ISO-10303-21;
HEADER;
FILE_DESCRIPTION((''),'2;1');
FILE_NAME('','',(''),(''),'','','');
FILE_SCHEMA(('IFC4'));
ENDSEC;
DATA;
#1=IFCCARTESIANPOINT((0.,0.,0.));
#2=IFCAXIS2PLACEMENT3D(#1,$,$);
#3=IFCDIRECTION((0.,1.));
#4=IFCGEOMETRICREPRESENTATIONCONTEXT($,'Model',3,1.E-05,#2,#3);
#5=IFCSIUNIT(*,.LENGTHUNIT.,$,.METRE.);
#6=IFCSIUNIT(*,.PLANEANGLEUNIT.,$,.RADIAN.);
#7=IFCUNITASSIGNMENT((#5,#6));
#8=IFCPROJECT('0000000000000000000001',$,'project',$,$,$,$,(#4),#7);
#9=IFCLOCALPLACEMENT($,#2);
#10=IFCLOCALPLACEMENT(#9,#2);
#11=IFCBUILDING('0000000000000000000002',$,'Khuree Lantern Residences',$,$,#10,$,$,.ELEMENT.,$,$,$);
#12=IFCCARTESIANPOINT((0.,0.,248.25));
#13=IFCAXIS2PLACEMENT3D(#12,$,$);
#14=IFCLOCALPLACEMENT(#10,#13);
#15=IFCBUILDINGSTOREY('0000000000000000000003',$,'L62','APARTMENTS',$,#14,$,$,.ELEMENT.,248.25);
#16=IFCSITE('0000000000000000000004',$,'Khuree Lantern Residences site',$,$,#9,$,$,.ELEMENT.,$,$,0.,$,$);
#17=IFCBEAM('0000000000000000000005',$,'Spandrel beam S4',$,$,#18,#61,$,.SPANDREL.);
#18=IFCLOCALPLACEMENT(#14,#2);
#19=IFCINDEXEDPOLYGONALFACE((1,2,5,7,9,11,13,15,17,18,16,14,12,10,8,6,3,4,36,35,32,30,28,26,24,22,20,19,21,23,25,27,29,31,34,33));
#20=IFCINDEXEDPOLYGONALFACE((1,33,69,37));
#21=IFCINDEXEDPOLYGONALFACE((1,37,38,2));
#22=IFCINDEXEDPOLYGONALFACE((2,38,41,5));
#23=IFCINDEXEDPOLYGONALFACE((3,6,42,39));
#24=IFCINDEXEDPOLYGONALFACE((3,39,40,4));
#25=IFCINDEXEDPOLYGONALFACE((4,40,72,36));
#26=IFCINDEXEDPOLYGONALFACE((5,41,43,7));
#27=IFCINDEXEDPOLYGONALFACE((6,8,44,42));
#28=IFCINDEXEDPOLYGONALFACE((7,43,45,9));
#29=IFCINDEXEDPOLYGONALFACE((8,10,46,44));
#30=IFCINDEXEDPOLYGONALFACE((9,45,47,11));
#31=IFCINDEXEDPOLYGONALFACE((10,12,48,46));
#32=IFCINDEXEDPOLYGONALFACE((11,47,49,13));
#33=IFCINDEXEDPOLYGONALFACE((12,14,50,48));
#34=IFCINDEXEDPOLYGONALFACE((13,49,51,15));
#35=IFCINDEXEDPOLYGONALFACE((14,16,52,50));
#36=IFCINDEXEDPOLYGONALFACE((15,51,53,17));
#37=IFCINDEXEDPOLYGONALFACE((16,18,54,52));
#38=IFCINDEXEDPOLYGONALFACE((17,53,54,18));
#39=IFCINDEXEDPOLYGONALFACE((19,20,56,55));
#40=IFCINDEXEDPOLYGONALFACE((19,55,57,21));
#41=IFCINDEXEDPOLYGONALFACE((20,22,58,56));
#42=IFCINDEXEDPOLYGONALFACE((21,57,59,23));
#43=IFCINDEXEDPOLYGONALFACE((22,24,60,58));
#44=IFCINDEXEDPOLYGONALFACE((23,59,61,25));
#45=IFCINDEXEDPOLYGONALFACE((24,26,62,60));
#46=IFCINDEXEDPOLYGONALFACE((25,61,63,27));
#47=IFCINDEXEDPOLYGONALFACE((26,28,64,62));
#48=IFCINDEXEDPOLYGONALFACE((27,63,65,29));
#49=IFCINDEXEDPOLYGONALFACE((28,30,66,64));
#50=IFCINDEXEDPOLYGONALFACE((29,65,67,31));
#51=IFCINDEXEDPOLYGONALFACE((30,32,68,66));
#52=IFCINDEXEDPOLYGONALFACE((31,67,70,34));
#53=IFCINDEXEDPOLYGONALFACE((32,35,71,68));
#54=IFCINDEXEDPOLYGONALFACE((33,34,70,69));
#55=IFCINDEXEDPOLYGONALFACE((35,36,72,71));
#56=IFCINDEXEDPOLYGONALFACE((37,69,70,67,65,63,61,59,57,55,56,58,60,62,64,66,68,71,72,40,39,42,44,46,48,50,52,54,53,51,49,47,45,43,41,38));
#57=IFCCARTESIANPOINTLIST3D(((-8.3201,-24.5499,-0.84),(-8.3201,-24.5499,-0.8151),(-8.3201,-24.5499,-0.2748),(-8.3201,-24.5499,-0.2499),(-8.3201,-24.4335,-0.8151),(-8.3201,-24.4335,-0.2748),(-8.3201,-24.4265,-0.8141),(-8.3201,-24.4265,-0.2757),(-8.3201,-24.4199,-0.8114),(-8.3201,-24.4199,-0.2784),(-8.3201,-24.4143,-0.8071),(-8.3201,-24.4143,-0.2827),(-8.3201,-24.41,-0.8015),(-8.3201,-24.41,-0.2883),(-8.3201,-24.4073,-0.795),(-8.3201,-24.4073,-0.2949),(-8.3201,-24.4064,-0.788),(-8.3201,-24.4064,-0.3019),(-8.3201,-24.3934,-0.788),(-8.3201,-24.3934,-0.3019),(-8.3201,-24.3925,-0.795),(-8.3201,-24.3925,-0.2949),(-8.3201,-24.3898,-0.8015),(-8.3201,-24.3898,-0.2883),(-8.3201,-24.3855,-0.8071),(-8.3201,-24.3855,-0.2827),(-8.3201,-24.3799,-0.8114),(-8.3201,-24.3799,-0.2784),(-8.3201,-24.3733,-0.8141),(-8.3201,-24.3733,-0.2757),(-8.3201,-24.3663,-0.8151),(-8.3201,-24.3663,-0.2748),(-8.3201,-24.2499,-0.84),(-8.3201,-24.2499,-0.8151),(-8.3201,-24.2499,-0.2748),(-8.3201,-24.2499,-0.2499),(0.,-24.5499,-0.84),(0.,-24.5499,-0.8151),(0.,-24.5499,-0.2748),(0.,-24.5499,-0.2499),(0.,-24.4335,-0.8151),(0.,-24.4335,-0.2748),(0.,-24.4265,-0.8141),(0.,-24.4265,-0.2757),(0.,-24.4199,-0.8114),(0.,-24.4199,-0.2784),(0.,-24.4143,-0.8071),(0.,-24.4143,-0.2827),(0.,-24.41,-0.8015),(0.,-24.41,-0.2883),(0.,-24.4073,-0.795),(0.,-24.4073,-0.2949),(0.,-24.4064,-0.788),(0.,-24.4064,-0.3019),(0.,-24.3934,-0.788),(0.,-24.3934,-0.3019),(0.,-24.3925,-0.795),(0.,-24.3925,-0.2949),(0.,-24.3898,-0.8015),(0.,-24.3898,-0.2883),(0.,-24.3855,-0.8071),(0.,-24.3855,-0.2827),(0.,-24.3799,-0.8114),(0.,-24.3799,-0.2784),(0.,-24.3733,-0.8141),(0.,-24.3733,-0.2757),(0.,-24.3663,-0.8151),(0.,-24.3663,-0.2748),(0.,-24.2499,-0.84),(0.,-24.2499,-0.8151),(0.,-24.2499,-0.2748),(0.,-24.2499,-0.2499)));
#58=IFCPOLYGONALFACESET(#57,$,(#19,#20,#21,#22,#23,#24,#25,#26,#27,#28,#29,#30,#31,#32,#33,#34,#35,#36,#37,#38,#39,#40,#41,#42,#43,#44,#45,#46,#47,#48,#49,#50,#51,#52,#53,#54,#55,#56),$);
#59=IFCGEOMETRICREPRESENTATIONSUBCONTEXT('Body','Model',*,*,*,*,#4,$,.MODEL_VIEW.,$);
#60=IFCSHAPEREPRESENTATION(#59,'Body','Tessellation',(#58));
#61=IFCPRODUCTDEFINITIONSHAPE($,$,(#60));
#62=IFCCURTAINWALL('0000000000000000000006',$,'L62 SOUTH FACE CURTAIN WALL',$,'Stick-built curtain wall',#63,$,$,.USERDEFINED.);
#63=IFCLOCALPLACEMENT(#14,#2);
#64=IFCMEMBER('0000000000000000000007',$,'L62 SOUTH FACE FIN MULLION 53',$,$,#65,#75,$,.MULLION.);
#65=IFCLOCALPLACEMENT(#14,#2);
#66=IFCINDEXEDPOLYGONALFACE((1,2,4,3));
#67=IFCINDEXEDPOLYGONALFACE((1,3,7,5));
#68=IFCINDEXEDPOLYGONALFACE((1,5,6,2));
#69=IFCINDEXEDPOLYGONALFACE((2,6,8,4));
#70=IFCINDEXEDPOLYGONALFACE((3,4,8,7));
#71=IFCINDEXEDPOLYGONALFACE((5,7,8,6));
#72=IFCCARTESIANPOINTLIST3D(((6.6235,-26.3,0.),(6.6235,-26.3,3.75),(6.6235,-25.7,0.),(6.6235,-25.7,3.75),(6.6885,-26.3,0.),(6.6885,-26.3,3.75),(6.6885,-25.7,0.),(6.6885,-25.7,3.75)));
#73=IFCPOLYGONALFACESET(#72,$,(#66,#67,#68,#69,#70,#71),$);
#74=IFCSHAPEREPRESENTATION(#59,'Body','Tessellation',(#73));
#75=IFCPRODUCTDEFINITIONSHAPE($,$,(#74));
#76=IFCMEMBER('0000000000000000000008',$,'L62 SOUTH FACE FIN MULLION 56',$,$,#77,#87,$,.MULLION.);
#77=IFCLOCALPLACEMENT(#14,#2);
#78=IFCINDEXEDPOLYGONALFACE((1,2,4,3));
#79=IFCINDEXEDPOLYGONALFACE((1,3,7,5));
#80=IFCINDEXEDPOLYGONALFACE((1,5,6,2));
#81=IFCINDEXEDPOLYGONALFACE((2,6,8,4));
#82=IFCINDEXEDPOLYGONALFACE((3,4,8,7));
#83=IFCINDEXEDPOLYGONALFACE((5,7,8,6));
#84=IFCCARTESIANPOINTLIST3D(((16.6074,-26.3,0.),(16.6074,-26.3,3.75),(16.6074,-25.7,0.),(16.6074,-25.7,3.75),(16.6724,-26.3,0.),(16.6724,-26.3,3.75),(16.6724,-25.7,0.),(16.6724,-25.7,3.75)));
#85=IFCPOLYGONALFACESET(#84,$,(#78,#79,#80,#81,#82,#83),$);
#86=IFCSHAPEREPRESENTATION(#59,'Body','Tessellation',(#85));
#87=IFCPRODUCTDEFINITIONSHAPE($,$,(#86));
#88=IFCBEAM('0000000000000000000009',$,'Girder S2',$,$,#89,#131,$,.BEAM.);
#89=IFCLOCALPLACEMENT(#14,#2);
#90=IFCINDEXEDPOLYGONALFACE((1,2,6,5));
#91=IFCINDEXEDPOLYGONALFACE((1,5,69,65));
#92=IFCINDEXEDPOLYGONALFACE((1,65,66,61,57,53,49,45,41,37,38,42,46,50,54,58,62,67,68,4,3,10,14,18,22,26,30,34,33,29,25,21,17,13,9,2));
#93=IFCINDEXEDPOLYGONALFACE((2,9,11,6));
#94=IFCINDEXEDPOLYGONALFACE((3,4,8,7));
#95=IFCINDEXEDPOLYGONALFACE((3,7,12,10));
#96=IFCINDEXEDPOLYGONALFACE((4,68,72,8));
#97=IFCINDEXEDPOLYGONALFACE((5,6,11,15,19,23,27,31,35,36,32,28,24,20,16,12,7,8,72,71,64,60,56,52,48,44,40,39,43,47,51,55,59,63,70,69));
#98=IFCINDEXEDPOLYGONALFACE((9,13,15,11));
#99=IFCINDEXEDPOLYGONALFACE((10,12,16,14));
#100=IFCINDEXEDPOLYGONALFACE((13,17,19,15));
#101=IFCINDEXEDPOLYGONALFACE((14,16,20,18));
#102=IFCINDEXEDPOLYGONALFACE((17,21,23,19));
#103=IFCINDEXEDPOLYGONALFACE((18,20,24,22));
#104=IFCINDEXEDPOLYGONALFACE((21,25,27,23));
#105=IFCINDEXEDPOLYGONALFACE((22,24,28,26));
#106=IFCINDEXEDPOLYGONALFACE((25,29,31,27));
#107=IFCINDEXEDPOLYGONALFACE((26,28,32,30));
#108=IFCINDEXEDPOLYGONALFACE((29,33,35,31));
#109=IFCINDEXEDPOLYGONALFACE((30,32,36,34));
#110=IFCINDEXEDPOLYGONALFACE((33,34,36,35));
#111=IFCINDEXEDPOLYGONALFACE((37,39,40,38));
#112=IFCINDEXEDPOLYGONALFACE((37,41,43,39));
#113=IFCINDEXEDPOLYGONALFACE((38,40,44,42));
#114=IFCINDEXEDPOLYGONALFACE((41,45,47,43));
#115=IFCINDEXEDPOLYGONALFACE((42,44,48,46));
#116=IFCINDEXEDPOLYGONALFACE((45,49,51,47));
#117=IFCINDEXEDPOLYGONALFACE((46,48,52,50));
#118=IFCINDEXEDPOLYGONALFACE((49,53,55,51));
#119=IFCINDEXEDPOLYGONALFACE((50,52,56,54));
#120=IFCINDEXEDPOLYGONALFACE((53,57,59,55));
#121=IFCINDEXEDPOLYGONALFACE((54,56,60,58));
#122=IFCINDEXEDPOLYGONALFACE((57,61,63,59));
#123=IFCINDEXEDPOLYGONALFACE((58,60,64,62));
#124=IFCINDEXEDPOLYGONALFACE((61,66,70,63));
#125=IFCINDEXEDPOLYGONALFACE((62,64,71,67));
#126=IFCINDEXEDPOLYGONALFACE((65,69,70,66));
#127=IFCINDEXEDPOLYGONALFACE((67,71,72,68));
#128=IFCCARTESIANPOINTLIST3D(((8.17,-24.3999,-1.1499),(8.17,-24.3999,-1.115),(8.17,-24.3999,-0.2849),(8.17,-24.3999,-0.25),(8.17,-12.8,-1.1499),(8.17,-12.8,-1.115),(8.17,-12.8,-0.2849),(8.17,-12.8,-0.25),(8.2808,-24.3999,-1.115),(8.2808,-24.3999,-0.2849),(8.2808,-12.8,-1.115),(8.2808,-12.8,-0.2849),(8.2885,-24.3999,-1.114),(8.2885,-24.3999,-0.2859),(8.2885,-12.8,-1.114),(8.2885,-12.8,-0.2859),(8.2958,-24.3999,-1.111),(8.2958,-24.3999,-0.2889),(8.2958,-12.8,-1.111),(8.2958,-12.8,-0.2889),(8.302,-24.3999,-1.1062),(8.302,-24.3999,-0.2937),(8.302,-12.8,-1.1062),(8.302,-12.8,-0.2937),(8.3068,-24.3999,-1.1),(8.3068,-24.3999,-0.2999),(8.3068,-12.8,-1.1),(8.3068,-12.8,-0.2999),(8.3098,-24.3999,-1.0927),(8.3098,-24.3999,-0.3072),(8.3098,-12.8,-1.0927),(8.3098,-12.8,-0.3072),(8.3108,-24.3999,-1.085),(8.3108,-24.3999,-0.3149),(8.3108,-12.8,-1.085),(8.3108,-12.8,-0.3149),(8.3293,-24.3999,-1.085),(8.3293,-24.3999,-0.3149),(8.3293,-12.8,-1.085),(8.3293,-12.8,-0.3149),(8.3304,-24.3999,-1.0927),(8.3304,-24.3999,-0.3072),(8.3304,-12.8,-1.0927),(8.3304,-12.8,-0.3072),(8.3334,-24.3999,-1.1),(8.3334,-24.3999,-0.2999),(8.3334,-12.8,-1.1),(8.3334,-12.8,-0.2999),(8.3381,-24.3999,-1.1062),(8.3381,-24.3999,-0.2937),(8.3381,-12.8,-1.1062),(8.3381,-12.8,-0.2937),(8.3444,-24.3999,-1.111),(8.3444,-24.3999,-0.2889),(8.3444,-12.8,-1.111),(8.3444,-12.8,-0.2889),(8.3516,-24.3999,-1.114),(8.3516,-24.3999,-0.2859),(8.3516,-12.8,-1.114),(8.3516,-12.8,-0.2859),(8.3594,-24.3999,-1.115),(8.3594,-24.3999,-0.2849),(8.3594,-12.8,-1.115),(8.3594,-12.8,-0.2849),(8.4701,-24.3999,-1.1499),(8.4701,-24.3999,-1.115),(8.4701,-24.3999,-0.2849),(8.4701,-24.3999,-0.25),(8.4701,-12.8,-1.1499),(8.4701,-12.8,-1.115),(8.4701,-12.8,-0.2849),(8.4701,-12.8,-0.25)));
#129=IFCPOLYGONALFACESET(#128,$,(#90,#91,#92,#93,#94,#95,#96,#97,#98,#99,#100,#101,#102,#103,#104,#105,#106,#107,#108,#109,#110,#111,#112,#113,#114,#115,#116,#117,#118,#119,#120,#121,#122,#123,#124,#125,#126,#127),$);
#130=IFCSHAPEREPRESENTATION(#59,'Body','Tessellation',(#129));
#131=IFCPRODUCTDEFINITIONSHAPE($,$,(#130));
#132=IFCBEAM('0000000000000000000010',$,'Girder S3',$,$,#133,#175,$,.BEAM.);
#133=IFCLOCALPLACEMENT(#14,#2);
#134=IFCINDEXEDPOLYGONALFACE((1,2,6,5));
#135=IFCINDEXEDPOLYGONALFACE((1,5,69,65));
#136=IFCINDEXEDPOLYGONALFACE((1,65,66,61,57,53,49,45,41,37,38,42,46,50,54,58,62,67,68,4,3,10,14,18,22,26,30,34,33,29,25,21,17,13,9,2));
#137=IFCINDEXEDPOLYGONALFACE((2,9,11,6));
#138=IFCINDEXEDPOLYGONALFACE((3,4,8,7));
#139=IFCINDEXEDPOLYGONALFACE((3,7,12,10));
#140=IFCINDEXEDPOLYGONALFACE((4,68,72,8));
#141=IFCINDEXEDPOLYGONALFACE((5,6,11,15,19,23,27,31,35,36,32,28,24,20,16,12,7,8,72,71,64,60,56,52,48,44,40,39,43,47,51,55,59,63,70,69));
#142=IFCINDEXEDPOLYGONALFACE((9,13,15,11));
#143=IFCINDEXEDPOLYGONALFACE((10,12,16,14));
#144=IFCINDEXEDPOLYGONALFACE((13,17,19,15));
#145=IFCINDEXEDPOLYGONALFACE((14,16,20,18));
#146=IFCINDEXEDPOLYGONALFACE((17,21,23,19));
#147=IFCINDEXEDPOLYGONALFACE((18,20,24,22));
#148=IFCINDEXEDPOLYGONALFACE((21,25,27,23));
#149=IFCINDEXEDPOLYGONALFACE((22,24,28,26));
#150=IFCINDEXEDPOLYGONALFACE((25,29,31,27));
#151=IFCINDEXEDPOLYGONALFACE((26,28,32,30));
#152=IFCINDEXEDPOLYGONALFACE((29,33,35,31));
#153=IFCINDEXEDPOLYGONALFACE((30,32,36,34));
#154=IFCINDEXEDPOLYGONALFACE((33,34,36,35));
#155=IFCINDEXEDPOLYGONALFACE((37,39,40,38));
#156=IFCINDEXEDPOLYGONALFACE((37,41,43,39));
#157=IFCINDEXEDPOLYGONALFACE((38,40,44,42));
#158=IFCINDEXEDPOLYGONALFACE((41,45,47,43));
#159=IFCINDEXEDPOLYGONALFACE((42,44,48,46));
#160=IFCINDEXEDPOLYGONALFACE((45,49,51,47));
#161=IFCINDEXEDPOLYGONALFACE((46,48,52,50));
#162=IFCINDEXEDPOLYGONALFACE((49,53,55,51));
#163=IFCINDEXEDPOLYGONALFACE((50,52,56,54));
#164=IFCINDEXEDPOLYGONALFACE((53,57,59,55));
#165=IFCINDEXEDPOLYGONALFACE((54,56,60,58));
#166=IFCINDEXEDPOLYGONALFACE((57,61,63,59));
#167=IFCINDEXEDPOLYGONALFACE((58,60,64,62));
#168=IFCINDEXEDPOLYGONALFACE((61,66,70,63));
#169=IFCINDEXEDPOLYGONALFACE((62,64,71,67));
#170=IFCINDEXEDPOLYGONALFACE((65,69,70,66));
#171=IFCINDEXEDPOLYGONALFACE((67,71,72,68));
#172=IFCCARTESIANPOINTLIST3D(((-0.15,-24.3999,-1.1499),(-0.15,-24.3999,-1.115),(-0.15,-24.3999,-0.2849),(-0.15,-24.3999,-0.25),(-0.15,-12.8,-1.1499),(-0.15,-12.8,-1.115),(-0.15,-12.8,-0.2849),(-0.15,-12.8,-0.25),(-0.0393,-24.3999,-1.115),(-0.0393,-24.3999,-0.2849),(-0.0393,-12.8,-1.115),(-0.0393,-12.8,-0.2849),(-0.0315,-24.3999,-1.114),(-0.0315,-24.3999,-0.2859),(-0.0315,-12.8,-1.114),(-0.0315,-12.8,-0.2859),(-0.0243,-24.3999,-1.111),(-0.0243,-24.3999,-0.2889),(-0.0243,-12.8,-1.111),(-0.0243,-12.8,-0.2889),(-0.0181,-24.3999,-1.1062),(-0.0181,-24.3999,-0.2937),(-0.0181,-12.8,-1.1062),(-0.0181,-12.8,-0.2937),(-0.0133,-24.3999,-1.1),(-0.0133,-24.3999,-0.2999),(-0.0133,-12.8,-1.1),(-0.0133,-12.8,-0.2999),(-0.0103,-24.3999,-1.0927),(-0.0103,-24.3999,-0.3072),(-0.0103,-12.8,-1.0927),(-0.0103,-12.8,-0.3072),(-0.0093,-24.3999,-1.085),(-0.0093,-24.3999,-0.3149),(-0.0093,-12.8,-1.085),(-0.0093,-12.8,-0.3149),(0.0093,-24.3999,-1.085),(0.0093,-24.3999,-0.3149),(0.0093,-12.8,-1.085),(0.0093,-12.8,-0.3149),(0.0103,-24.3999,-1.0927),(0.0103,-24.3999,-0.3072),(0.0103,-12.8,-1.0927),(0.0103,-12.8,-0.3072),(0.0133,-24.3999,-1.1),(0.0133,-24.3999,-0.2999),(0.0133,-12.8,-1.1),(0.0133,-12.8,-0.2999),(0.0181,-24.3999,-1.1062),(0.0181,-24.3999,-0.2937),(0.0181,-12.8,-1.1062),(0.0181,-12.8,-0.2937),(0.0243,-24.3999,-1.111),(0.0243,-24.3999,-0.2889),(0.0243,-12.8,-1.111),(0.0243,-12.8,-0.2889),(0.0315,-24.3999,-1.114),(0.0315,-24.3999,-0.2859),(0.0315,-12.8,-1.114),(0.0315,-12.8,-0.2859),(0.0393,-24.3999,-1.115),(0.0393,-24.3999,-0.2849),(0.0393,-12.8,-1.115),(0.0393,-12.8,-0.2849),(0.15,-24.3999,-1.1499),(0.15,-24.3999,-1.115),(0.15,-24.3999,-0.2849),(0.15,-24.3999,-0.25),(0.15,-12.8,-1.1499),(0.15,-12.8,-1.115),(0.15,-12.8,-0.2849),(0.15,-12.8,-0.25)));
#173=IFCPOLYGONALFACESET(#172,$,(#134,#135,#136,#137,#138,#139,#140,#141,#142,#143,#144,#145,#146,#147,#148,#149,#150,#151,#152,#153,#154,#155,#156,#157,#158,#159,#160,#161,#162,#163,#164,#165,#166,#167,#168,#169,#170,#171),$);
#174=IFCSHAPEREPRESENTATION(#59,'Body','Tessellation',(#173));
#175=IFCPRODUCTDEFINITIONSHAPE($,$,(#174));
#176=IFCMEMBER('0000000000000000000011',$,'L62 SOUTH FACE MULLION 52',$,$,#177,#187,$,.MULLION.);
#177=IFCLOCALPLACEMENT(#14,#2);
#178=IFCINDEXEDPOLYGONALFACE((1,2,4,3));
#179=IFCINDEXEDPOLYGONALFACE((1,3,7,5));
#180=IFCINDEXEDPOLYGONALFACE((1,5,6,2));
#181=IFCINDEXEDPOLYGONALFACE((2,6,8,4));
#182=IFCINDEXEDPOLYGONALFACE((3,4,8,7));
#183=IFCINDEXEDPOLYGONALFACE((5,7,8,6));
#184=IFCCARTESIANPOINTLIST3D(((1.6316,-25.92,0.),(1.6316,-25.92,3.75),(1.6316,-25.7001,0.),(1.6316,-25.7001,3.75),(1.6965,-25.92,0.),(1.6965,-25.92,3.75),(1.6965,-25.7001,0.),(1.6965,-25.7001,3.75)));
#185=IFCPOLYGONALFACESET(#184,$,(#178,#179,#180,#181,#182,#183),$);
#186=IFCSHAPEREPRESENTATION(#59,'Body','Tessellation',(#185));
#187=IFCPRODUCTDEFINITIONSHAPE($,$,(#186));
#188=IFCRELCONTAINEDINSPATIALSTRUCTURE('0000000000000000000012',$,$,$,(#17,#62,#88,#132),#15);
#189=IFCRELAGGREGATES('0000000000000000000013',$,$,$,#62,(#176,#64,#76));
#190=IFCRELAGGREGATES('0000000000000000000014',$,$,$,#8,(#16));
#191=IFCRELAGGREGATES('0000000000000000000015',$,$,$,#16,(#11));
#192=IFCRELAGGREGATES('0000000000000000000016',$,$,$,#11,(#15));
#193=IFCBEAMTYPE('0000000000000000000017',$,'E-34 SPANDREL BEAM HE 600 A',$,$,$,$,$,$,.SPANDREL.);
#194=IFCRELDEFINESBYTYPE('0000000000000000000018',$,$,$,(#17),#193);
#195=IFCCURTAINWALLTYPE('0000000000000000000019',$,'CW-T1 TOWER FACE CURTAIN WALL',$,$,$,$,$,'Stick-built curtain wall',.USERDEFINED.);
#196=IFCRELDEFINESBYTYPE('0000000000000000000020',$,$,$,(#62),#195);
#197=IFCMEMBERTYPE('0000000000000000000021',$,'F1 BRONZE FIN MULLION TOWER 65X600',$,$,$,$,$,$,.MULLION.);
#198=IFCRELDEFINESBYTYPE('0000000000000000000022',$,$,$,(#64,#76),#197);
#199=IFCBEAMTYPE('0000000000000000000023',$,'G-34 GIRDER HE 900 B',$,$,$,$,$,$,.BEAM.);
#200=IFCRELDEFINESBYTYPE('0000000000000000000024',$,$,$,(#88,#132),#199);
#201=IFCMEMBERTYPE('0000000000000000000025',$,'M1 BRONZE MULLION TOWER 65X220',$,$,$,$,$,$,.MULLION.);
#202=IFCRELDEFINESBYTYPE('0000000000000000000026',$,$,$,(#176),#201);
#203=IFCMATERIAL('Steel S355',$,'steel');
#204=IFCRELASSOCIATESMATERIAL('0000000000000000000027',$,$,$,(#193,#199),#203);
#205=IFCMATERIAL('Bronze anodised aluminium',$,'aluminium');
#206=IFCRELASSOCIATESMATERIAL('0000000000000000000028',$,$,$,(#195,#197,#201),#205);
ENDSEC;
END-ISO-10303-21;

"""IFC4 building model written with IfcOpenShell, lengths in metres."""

from ifc_helpers import new_model, si_unit, direction, frame, origin, origin_2d, place, context, subcontext, project, spatial, rectangle, i_section, extrude, material, material_profile, profile_set, type_object, element, aggregate, save


model = new_model("IFC4")

# Units and contexts
model_context = context("Model", 3, precision=1e-05, world=origin(), true_north=direction((0.0, 1.0)))
body_context = subcontext(model_context, "Body", "Model", "MODEL_VIEW")
ifc_project = project(units=[si_unit("LENGTHUNIT", "METRE"), si_unit("PLANEANGLEUNIT", "RADIAN")], contexts=[model_context])

# Site, building, storey
site_placement = place(None, origin())
site = spatial("IfcSite", under=ifc_project, at=site_placement, Name="Khuree Lantern Residences site", CompositionType="ELEMENT", RefElevation=0.0)
building_placement = place(site_placement, origin())
building = spatial("IfcBuilding", under=site, at=building_placement, Name="Khuree Lantern Residences", CompositionType="ELEMENT")
storey_placement = place(building_placement, frame((0.0, 0.0, 248.25)))
storey = spatial("IfcBuildingStorey", under=building, at=storey_placement, Name="L62", Description="APARTMENTS", CompositionType="ELEMENT", Elevation=248.25)

# Beam
ifc_material_1 = material(Name="Steel S355", Category="steel")
ifc_material_profile_1 = material_profile(ifc_material_1, i_section(OverallWidth=0.3, OverallDepth=0.5901, WebThickness=0.0129, FlangeThickness=0.0249, FilletRadius=0.0271, at=origin_2d()), Name="HE 600 A")
ifc_profile_set_1 = profile_set([ifc_material_profile_1], Name="Steel S355")
beam_type_1 = type_object("IfcBeamType", Name="E-34 SPANDREL BEAM HE 600 A", PredefinedType="SPANDREL", material=ifc_profile_set_1)
for number, where, z_axis, x_axis, name in (
    (1, (0.0, -24.3999, -0.5449), (-1.0, 0.0, 0.0), (0.0, -1.0, 0.0), "Spandrel beam S4"),
):
    element("IfcBeam", number, at=place(storey_placement, frame(where, z_axis=z_axis, x_axis=x_axis)), inside=storey, type_object=beam_type_1, Name=name, PredefinedType="SPANDREL", context=body_context, shape_type="SweptSolid", body=[
        extrude(i_section(OverallWidth=0.3, OverallDepth=0.5901, WebThickness=0.0129, FlangeThickness=0.0249, FilletRadius=0.0271, at=origin_2d()), origin(), (0.0, 0.0, 1.0), 8.3201),
    ])

# Curtain wall, members
ifc_material_2 = material(Name="Bronze anodised aluminium", Category="aluminium")
curtain_wall_type = type_object("IfcCurtainWallType", Name="CW-T1 TOWER FACE CURTAIN WALL", ElementType="Stick-built curtain wall", PredefinedType="USERDEFINED", material=ifc_material_2)
curtain_wall_placement = place(storey_placement, origin())
curtain_wall = element("IfcCurtainWall", 2, at=curtain_wall_placement, inside=storey, type_object=curtain_wall_type, Name="L62 SOUTH FACE CURTAIN WALL", ObjectType="Stick-built curtain wall", PredefinedType="USERDEFINED")
ifc_material_profile_2 = material_profile(ifc_material_2, rectangle(XDim=0.0649, YDim=0.6001, at=origin_2d()), Name="F1 65X600")
ifc_profile_set_2 = profile_set([ifc_material_profile_2], Name="Bronze anodised aluminium")
member_type_1 = type_object("IfcMemberType", Name="F1 BRONZE FIN MULLION TOWER 65X600", PredefinedType="MULLION", material=ifc_profile_set_2)
member_1_placement = place(storey_placement, frame((6.656, -26.0, 0.0), z_axis=(0.0, 0.0, 1.0), x_axis=(1.0, 0.0, 0.0)))
member_1 = element("IfcMember", 3, at=member_1_placement, type_object=member_type_1, Name="L62 SOUTH FACE FIN MULLION 53", PredefinedType="MULLION", context=body_context, shape_type="SweptSolid", body=[
    extrude(rectangle(XDim=0.0649, YDim=0.6001, at=origin_2d()), origin(), (0.0, 0.0, 1.0), 3.75),
])
member_2_placement = place(storey_placement, frame((16.6399, -26.0, 0.0), z_axis=(0.0, 0.0, 1.0), x_axis=(1.0, 0.0, 0.0)))
member_2 = element("IfcMember", 4, at=member_2_placement, type_object=member_type_1, Name="L62 SOUTH FACE FIN MULLION 56", PredefinedType="MULLION", context=body_context, shape_type="SweptSolid", body=[
    extrude(rectangle(XDim=0.0649, YDim=0.6001, at=origin_2d()), origin(), (0.0, 0.0, 1.0), 3.75),
])

# Beams
ifc_material_profile_3 = material_profile(ifc_material_1, i_section(OverallWidth=0.3, OverallDepth=0.8999, WebThickness=0.0186, FlangeThickness=0.0349, FilletRadius=0.03, at=origin_2d()), Name="HE 900 B")
ifc_profile_set_3 = profile_set([ifc_material_profile_3], Name="Steel S355")
beam_type_2 = type_object("IfcBeamType", Name="G-34 GIRDER HE 900 B", PredefinedType="BEAM", material=ifc_profile_set_3)
for number, where, z_axis, x_axis, name in (
    (5, (8.3201, -24.3999, -0.7), (0.0, 1.0, 0.0), (-1.0, 0.0, 0.0), "Girder S2"),
    (6, (0.0, -24.3999, -0.7), (0.0, 1.0, 0.0), (-1.0, 0.0, 0.0), "Girder S3"),
):
    element("IfcBeam", number, at=place(storey_placement, frame(where, z_axis=z_axis, x_axis=x_axis)), inside=storey, type_object=beam_type_2, Name=name, PredefinedType="BEAM", context=body_context, shape_type="SweptSolid", body=[
        extrude(i_section(OverallWidth=0.3, OverallDepth=0.8999, WebThickness=0.0186, FlangeThickness=0.0349, FilletRadius=0.03, at=origin_2d()), origin(), (0.0, 0.0, 1.0), 11.5999),
    ])

# Member
ifc_material_profile_4 = material_profile(ifc_material_2, rectangle(XDim=0.0649, YDim=0.22, at=origin_2d()), Name="M1 65X220")
ifc_profile_set_4 = profile_set([ifc_material_profile_4], Name="Bronze anodised aluminium")
member_type_2 = type_object("IfcMemberType", Name="M1 BRONZE MULLION TOWER 65X220", PredefinedType="MULLION", material=ifc_profile_set_4)
member_3_placement = place(storey_placement, frame((1.6641, -25.8101, 0.0), z_axis=(0.0, 0.0, 1.0), x_axis=(1.0, 0.0, 0.0)))
member_3 = element("IfcMember", 7, at=member_3_placement, type_object=member_type_2, Name="L62 SOUTH FACE MULLION 52", PredefinedType="MULLION", context=body_context, shape_type="SweptSolid", body=[
    extrude(rectangle(XDim=0.0649, YDim=0.22, at=origin_2d()), origin(), (0.0, 0.0, 1.0), 3.75),
])

aggregate(curtain_wall, [member_3, member_1, member_2])

save(model, "model.ifc")
